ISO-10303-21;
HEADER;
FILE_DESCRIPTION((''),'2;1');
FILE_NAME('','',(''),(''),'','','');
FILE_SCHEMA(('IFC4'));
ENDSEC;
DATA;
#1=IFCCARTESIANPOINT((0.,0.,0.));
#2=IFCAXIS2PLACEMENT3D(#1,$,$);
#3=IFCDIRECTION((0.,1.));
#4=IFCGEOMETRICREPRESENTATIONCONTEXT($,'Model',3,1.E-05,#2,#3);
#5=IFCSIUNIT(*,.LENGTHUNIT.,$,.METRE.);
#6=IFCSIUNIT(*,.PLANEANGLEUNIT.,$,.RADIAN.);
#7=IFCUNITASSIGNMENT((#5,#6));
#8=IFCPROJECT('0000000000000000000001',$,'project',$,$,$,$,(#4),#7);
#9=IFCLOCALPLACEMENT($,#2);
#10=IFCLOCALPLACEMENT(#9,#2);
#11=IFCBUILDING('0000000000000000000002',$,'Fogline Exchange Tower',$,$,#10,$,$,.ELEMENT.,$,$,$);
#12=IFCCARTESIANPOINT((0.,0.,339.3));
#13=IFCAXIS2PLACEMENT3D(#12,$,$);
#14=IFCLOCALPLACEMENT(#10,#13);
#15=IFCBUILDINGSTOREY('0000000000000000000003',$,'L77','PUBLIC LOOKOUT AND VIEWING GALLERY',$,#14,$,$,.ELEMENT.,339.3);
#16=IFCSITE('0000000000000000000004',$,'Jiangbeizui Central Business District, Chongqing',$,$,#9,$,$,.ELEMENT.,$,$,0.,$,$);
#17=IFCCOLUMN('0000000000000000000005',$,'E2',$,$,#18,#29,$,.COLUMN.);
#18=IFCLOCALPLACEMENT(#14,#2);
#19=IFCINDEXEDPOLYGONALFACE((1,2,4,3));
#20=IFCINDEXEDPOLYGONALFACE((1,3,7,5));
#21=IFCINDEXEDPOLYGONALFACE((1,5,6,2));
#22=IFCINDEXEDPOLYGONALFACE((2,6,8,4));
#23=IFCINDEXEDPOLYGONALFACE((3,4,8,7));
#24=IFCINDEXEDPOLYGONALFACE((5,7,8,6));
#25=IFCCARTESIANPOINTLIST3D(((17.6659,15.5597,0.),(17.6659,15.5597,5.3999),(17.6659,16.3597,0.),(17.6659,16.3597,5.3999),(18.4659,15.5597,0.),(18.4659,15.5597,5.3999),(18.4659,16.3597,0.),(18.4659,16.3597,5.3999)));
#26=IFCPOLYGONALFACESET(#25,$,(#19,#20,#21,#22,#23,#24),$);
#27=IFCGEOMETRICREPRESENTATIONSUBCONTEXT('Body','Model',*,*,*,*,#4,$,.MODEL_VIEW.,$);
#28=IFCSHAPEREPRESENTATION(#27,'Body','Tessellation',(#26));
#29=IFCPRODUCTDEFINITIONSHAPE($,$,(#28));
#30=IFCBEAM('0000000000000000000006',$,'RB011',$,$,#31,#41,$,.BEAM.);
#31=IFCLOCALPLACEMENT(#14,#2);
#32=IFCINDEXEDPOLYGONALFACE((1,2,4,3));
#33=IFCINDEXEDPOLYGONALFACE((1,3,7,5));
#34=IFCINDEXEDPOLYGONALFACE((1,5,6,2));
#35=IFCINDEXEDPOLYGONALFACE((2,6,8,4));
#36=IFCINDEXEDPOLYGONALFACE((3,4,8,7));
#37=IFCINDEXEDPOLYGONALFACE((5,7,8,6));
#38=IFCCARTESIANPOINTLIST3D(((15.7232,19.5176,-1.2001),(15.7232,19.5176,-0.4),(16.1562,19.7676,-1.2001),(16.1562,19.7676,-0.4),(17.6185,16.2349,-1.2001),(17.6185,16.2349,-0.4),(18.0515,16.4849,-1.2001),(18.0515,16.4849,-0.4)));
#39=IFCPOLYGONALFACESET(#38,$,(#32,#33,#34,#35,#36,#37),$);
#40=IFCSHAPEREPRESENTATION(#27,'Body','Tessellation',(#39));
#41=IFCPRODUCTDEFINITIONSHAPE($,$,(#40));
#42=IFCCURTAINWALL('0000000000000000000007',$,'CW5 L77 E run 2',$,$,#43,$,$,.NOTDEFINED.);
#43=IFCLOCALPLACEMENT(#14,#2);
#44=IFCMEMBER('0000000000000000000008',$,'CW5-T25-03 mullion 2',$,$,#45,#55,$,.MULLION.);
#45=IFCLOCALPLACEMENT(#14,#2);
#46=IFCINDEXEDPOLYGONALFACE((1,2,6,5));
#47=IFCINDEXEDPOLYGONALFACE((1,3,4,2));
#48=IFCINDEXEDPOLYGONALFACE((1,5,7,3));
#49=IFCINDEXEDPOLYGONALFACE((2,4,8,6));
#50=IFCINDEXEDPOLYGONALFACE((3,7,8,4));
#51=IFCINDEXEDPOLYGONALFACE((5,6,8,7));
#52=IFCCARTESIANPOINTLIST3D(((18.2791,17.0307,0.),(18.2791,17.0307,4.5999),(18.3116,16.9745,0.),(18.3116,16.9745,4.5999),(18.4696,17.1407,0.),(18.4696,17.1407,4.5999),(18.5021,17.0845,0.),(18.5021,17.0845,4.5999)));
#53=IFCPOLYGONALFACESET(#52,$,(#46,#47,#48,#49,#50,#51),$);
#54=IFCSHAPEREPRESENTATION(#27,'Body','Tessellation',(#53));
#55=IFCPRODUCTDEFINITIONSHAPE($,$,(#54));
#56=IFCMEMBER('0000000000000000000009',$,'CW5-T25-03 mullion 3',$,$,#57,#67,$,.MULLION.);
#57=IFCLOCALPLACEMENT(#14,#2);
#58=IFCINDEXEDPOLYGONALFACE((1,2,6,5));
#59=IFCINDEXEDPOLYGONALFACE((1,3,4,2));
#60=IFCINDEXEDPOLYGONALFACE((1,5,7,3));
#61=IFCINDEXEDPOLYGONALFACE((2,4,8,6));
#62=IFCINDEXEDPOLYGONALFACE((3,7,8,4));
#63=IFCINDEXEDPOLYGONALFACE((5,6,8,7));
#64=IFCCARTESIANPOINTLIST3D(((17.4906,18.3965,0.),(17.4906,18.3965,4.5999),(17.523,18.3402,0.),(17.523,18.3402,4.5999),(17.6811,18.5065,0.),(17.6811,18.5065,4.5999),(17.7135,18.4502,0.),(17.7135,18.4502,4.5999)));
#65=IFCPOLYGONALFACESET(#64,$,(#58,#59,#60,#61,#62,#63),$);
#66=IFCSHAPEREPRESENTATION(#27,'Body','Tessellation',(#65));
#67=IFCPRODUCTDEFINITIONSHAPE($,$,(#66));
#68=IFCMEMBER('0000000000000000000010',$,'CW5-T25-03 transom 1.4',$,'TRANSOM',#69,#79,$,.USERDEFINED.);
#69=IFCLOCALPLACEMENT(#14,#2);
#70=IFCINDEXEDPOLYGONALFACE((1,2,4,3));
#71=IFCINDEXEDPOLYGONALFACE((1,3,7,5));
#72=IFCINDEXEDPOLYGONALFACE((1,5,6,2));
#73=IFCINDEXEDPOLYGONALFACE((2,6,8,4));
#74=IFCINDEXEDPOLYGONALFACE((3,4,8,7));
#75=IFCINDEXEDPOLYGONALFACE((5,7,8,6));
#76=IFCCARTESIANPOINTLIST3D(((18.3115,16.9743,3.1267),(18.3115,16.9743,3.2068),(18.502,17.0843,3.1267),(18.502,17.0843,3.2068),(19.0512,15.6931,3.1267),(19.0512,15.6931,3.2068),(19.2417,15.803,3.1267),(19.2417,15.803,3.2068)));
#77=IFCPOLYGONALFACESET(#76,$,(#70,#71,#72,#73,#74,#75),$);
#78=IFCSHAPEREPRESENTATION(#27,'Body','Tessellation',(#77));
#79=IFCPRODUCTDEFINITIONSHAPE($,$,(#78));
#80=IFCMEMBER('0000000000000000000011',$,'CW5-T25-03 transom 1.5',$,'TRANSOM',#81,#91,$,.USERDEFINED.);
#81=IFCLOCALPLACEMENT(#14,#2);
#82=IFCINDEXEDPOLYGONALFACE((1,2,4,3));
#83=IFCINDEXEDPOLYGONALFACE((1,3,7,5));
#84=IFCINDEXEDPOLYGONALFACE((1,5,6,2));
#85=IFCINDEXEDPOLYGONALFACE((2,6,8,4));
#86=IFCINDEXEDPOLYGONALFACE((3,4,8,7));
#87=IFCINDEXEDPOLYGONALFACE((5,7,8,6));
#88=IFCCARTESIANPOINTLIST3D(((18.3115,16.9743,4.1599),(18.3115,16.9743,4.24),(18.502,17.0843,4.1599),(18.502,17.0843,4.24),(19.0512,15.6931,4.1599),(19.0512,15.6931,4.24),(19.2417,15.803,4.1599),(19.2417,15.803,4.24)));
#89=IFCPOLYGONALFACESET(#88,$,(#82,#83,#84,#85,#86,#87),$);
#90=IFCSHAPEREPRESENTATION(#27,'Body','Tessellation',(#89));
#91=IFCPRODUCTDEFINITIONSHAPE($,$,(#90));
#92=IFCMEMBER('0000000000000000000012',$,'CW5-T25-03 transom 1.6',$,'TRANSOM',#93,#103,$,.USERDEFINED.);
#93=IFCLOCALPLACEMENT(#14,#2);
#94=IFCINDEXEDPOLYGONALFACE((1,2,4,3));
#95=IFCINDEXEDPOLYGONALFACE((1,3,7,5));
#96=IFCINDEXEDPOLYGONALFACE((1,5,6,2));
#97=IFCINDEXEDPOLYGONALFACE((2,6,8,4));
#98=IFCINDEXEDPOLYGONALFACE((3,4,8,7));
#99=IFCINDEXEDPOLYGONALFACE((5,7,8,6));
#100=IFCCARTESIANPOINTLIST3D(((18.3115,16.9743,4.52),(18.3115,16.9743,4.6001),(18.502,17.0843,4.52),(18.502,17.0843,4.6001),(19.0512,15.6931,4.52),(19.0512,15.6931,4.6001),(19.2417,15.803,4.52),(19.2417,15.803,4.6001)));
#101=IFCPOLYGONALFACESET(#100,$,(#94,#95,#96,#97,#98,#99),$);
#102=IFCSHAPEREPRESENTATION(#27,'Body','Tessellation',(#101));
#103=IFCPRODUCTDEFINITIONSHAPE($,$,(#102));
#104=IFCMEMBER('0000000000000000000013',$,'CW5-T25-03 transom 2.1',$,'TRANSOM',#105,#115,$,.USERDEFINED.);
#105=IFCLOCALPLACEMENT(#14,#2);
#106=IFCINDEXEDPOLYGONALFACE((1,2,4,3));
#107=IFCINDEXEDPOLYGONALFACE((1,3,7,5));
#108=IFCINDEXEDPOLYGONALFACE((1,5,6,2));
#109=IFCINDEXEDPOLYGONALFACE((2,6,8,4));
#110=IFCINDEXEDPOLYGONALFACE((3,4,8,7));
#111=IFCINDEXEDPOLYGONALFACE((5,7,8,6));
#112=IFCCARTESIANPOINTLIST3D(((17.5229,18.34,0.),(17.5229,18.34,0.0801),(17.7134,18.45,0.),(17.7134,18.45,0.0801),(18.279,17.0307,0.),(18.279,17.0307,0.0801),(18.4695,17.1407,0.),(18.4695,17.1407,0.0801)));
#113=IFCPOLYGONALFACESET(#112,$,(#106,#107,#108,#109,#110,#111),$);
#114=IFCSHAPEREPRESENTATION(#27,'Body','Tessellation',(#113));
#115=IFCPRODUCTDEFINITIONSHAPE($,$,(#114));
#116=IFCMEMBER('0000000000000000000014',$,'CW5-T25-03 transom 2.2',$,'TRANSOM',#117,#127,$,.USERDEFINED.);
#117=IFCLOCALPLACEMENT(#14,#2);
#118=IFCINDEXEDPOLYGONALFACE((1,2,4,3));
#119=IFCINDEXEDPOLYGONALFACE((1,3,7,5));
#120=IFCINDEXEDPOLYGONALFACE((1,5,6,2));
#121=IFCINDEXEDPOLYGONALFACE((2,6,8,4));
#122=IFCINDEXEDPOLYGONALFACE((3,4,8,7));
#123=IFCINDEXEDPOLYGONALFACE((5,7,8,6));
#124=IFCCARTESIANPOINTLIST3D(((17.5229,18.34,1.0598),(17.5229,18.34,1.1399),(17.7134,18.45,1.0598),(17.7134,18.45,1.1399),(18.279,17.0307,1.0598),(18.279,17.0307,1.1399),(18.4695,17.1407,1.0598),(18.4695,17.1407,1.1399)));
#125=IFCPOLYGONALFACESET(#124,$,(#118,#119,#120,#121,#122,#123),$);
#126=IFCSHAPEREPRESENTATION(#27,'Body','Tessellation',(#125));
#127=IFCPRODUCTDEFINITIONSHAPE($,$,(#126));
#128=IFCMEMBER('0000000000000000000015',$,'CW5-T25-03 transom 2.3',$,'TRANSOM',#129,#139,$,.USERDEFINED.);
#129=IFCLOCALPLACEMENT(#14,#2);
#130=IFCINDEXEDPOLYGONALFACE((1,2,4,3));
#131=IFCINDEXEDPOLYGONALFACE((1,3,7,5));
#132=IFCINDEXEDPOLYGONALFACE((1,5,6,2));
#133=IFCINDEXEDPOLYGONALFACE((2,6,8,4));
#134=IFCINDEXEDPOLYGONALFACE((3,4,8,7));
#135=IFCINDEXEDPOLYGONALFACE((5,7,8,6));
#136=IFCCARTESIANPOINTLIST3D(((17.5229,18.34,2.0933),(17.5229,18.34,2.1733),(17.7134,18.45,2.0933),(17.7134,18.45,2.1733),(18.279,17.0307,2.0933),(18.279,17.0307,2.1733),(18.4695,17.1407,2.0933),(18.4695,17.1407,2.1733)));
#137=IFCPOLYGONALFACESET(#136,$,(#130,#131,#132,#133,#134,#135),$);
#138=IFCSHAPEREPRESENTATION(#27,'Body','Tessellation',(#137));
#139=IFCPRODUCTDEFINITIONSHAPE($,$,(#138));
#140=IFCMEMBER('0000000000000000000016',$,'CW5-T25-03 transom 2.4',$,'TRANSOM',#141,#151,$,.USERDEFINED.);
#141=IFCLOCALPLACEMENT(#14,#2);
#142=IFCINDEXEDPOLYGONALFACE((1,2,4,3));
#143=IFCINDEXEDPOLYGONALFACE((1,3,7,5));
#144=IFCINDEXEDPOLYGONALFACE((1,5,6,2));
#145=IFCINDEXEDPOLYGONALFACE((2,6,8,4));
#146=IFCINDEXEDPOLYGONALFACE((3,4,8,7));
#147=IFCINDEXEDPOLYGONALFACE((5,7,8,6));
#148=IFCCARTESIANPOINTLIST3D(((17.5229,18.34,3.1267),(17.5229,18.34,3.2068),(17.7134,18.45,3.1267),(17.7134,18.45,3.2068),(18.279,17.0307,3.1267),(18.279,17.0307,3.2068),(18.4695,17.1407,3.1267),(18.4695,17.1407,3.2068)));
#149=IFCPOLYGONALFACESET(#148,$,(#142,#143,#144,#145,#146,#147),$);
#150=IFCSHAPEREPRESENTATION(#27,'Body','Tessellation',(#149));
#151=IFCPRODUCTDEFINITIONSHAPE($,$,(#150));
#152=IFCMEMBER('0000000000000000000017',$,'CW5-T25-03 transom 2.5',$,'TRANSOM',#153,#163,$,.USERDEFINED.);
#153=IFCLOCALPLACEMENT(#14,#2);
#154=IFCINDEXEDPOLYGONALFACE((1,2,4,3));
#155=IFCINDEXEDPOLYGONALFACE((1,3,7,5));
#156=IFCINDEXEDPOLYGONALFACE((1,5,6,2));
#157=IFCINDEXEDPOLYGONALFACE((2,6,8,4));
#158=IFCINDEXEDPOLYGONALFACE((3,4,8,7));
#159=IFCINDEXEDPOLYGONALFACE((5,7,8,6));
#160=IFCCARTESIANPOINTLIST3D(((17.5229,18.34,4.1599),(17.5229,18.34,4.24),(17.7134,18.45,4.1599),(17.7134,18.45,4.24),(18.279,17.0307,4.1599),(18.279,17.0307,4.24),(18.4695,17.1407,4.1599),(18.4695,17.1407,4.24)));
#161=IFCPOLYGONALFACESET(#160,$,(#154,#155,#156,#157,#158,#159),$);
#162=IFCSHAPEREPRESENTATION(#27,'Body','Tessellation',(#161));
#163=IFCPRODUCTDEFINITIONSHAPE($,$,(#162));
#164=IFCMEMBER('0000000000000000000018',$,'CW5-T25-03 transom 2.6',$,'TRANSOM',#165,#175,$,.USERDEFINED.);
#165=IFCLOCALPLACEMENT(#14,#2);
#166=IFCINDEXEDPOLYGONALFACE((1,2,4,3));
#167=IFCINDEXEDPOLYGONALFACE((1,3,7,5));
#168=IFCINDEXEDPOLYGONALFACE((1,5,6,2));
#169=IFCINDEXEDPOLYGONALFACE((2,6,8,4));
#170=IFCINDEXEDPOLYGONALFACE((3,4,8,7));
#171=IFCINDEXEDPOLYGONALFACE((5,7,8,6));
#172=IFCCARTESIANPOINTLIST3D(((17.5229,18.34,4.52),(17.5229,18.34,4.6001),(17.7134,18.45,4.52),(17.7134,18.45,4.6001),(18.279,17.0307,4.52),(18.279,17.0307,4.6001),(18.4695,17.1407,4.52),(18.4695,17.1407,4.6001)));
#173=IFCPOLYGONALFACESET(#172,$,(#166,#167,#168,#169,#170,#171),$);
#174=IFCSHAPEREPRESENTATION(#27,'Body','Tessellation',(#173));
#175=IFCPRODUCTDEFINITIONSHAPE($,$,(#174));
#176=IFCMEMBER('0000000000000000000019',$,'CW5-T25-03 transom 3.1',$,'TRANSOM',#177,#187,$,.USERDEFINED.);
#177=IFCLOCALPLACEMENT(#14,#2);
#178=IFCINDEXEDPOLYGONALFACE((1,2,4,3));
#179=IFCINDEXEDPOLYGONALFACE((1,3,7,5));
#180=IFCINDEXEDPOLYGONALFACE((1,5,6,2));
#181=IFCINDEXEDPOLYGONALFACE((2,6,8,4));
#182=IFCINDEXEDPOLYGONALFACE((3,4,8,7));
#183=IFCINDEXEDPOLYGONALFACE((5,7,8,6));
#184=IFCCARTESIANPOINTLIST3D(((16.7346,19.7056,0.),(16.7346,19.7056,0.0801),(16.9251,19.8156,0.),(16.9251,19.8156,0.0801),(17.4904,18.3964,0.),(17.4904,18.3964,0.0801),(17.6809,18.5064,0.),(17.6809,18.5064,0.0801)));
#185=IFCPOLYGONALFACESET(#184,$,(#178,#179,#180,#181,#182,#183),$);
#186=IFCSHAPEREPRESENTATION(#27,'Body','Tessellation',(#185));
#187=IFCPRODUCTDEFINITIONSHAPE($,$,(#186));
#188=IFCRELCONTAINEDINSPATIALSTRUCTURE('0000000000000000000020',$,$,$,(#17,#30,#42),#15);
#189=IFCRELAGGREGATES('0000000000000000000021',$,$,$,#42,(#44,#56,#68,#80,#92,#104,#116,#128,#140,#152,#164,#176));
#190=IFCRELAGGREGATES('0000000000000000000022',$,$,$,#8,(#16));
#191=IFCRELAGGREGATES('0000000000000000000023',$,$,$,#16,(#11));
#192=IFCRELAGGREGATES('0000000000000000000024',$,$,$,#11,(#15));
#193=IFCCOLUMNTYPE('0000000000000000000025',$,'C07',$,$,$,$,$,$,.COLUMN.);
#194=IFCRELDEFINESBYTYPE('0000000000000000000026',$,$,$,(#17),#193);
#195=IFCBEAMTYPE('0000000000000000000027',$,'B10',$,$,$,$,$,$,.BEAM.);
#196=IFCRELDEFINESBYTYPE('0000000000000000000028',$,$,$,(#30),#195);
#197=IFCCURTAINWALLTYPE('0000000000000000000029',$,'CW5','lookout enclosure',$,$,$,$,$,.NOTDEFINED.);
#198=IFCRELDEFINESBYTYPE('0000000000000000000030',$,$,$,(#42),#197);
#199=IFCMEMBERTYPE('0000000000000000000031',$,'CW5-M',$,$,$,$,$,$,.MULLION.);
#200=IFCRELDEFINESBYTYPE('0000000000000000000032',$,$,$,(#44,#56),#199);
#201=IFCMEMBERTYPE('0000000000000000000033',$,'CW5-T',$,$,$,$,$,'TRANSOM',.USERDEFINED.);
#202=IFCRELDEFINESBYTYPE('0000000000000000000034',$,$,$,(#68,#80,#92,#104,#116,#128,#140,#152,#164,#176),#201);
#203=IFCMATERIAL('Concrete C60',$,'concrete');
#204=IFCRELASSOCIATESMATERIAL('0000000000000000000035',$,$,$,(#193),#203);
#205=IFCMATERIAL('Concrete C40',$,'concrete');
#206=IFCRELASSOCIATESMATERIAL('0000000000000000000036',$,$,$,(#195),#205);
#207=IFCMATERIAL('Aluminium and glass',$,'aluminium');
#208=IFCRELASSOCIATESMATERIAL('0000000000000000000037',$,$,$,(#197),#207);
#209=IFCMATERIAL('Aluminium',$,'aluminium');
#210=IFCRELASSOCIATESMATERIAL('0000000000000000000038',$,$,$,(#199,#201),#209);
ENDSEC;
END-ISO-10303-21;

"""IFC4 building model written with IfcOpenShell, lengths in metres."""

from ifc_helpers import new_model, si_unit, direction, frame, origin, origin_2d, place, context, subcontext, project, spatial, rectangle, extrude, material, material_profile, profile_set, type_object, element, aggregate, save


model = new_model("IFC4")

# Units and contexts
model_context = context("Model", 3, precision=1e-05, world=origin(), true_north=direction((0.0, 1.0)))
body_context = subcontext(model_context, "Body", "Model", "MODEL_VIEW")
ifc_project = project(units=[si_unit("LENGTHUNIT", "METRE"), si_unit("PLANEANGLEUNIT", "RADIAN")], contexts=[model_context])

# Site, building, storey
site_placement = place(None, origin())
site = spatial("IfcSite", under=ifc_project, at=site_placement, Name="Jiangbeizui Central Business District, Chongqing", CompositionType="ELEMENT", RefElevation=0.0)
building_placement = place(site_placement, origin())
building = spatial("IfcBuilding", under=site, at=building_placement, Name="Fogline Exchange Tower", CompositionType="ELEMENT")
storey_placement = place(building_placement, frame((0.0, 0.0, 339.3)))
storey = spatial("IfcBuildingStorey", under=building, at=storey_placement, Name="L77", Description="PUBLIC LOOKOUT AND VIEWING GALLERY", CompositionType="ELEMENT", Elevation=339.3)

# Column
ifc_material_1 = material(Name="Concrete C60", Category="concrete")
ifc_material_profile_1 = material_profile(ifc_material_1, rectangle(XDim=0.8, YDim=0.8, at=origin_2d()), Name="RC 800x800")
ifc_profile_set_1 = profile_set([ifc_material_profile_1], Name="Concrete C60")
column_type = type_object("IfcColumnType", Name="C07", PredefinedType="COLUMN", material=ifc_profile_set_1)
column_placement = place(storey_placement, frame((18.0659, 15.9597, 0.0), z_axis=(0.0, 0.0, 1.0), x_axis=(1.0, 0.0, 0.0)))
element("IfcColumn", 1, at=column_placement, inside=storey, type_object=column_type, Name="E2", PredefinedType="COLUMN", context=body_context, shape_type="SweptSolid", body=[
    extrude(rectangle(XDim=0.8, YDim=0.8, at=origin_2d()), origin(), (0.0, 0.0, 1.0), 5.3999),
])

# Beam
ifc_material_2 = material(Name="Concrete C40", Category="concrete")
ifc_material_profile_2 = material_profile(ifc_material_2, rectangle(XDim=0.5, YDim=0.8, at=origin_2d()), Name="RC 500x800")
ifc_profile_set_2 = profile_set([ifc_material_profile_2], Name="Concrete C40")
beam_type = type_object("IfcBeamType", Name="B10", PredefinedType="BEAM", material=ifc_profile_set_2)
beam_placement = place(storey_placement, frame((17.835, 16.3599, -0.8), z_axis=(-0.499998, 0.866027, 0.0), x_axis=(-0.866027, -0.499998, 0.0)))
element("IfcBeam", 2, at=beam_placement, inside=storey, type_object=beam_type, Name="RB011", PredefinedType="BEAM", context=body_context, shape_type="SweptSolid", body=[
    extrude(rectangle(XDim=0.5, YDim=0.8, at=origin_2d()), origin(), (0.0, 0.0, 1.0), 3.7905),
])

# Curtain wall, members
ifc_material_3 = material(Name="Aluminium and glass", Category="aluminium")
curtain_wall_type = type_object("IfcCurtainWallType", Name="CW5", Description="lookout enclosure", PredefinedType="NOTDEFINED", material=ifc_material_3)
curtain_wall_placement = place(storey_placement, origin())
curtain_wall = element("IfcCurtainWall", 3, at=curtain_wall_placement, inside=storey, type_object=curtain_wall_type, Name="CW5 L77 E run 2", PredefinedType="NOTDEFINED")
ifc_material_4 = material(Name="Aluminium", Category="aluminium")
ifc_material_profile_3 = material_profile(ifc_material_4, rectangle(XDim=0.22, YDim=0.0649, at=origin_2d()), Name="Mullion 65x220")
ifc_profile_set_3 = profile_set([ifc_material_profile_3], Name="Aluminium")
member_type_1 = type_object("IfcMemberType", Name="CW5-M", PredefinedType="MULLION", material=ifc_profile_set_3)
member_1_placement = place(storey_placement, frame((18.3906, 17.0576, 0.0), z_axis=(0.0, 0.0, 1.0), x_axis=(-0.866025, -0.5, 0.0)))
member_1 = element("IfcMember", 4, at=member_1_placement, type_object=member_type_1, Name="CW5-T25-03 mullion 2", PredefinedType="MULLION", context=body_context, shape_type="SweptSolid", body=[
    extrude(rectangle(XDim=0.22, YDim=0.0649, at=origin_2d()), origin(), (0.0, 0.0, 1.0), 4.5999),
])
member_2_placement = place(storey_placement, frame((17.6021, 18.4233, 0.0), z_axis=(0.0, 0.0, 1.0), x_axis=(-0.866025, -0.5, 0.0)))
member_2 = element("IfcMember", 5, at=member_2_placement, type_object=member_type_1, Name="CW5-T25-03 mullion 3", PredefinedType="MULLION", context=body_context, shape_type="SweptSolid", body=[
    extrude(rectangle(XDim=0.22, YDim=0.0649, at=origin_2d()), origin(), (0.0, 0.0, 1.0), 4.5999),
])
ifc_material_profile_4 = material_profile(ifc_material_4, rectangle(XDim=0.22, YDim=0.0801, at=origin_2d()), Name="Transom 80x220")
ifc_profile_set_4 = profile_set([ifc_material_profile_4], Name="Aluminium")
member_type_2 = type_object("IfcMemberType", Name="CW5-T", ElementType="TRANSOM", PredefinedType="USERDEFINED", material=ifc_profile_set_4)
member_3_placement = place(storey_placement, frame((19.1465, 15.748, 3.1667), z_axis=(-0.500008, 0.866021, 0.0), x_axis=(-0.866021, -0.500008, 0.0)))
member_3 = element("IfcMember", 6, at=member_3_placement, type_object=member_type_2, Name="CW5-T25-03 transom 1.4", ObjectType="TRANSOM", PredefinedType="USERDEFINED", context=body_context, shape_type="SweptSolid", body=[
    extrude(rectangle(XDim=0.22, YDim=0.0801, at=origin_2d()), origin(), (0.0, 0.0, 1.0), 1.4795),
])
member_4_placement = place(storey_placement, frame((19.1465, 15.748, 4.2), z_axis=(-0.500008, 0.866021, 0.0), x_axis=(-0.866021, -0.500008, 0.0)))
member_4 = element("IfcMember", 7, at=member_4_placement, type_object=member_type_2, Name="CW5-T25-03 transom 1.5", ObjectType="TRANSOM", PredefinedType="USERDEFINED", context=body_context, shape_type="SweptSolid", body=[
    extrude(rectangle(XDim=0.22, YDim=0.0801, at=origin_2d()), origin(), (0.0, 0.0, 1.0), 1.4795),
])
member_5_placement = place(storey_placement, frame((19.1465, 15.748, 4.5601), z_axis=(-0.500008, 0.866021, 0.0), x_axis=(-0.866021, -0.500008, 0.0)))
member_5 = element("IfcMember", 8, at=member_5_placement, type_object=member_type_2, Name="CW5-T25-03 transom 1.6", ObjectType="TRANSOM", PredefinedType="USERDEFINED", context=body_context, shape_type="SweptSolid", body=[
    extrude(rectangle(XDim=0.22, YDim=0.0801, at=origin_2d()), origin(), (0.0, 0.0, 1.0), 1.4795),
])
member_6_placement = place(storey_placement, frame((18.3743, 17.0857, 0.04), z_axis=(-0.500081, 0.865979, 0.0), x_axis=(-0.865979, -0.500081, 0.0)))
member_6 = element("IfcMember", 9, at=member_6_placement, type_object=member_type_2, Name="CW5-T25-03 transom 2.1", ObjectType="TRANSOM", PredefinedType="USERDEFINED", context=body_context, shape_type="SweptSolid", body=[
    extrude(rectangle(XDim=0.22, YDim=0.0801, at=origin_2d()), origin(), (0.0, 0.0, 1.0), 1.512),
])
member_7_placement = place(storey_placement, frame((18.3743, 17.0857, 1.0999), z_axis=(-0.500081, 0.865979, 0.0), x_axis=(-0.865979, -0.500081, 0.0)))
member_7 = element("IfcMember", 10, at=member_7_placement, type_object=member_type_2, Name="CW5-T25-03 transom 2.2", ObjectType="TRANSOM", PredefinedType="USERDEFINED", context=body_context, shape_type="SweptSolid", body=[
    extrude(rectangle(XDim=0.22, YDim=0.0801, at=origin_2d()), origin(), (0.0, 0.0, 1.0), 1.512),
])
member_8_placement = place(storey_placement, frame((18.3743, 17.0857, 2.1333), z_axis=(-0.500081, 0.865979, 0.0), x_axis=(-0.865979, -0.500081, 0.0)))
member_8 = element("IfcMember", 11, at=member_8_placement, type_object=member_type_2, Name="CW5-T25-03 transom 2.3", ObjectType="TRANSOM", PredefinedType="USERDEFINED", context=body_context, shape_type="SweptSolid", body=[
    extrude(rectangle(XDim=0.22, YDim=0.0801, at=origin_2d()), origin(), (0.0, 0.0, 1.0), 1.512),
])
member_9_placement = place(storey_placement, frame((18.3743, 17.0857, 3.1667), z_axis=(-0.500081, 0.865979, 0.0), x_axis=(-0.865979, -0.500081, 0.0)))
member_9 = element("IfcMember", 12, at=member_9_placement, type_object=member_type_2, Name="CW5-T25-03 transom 2.4", ObjectType="TRANSOM", PredefinedType="USERDEFINED", context=body_context, shape_type="SweptSolid", body=[
    extrude(rectangle(XDim=0.22, YDim=0.0801, at=origin_2d()), origin(), (0.0, 0.0, 1.0), 1.512),
])
member_10_placement = place(storey_placement, frame((18.3743, 17.0857, 4.2), z_axis=(-0.500081, 0.865979, 0.0), x_axis=(-0.865979, -0.500081, 0.0)))
member_10 = element("IfcMember", 13, at=member_10_placement, type_object=member_type_2, Name="CW5-T25-03 transom 2.5", ObjectType="TRANSOM", PredefinedType="USERDEFINED", context=body_context, shape_type="SweptSolid", body=[
    extrude(rectangle(XDim=0.22, YDim=0.0801, at=origin_2d()), origin(), (0.0, 0.0, 1.0), 1.512),
])
member_11_placement = place(storey_placement, frame((18.3743, 17.0857, 4.5601), z_axis=(-0.500081, 0.865979, 0.0), x_axis=(-0.865979, -0.500081, 0.0)))
member_11 = element("IfcMember", 14, at=member_11_placement, type_object=member_type_2, Name="CW5-T25-03 transom 2.6", ObjectType="TRANSOM", PredefinedType="USERDEFINED", context=body_context, shape_type="SweptSolid", body=[
    extrude(rectangle(XDim=0.22, YDim=0.0801, at=origin_2d()), origin(), (0.0, 0.0, 1.0), 1.512),
])
member_12_placement = place(storey_placement, frame((17.5857, 18.4514, 0.04), z_axis=(-0.49996, 0.866048, 0.0), x_axis=(-0.866048, -0.49996, 0.0)))
member_12 = element("IfcMember", 15, at=member_12_placement, type_object=member_type_2, Name="CW5-T25-03 transom 3.1", ObjectType="TRANSOM", PredefinedType="USERDEFINED", context=body_context, shape_type="SweptSolid", body=[
    extrude(rectangle(XDim=0.22, YDim=0.0801, at=origin_2d()), origin(), (0.0, 0.0, 1.0), 1.5117),
])
aggregate(curtain_wall, [member_1, member_2, member_3, member_4, member_5, member_6, member_7, member_8, member_9, member_10, member_11, member_12])

save(model, "model.ifc")
